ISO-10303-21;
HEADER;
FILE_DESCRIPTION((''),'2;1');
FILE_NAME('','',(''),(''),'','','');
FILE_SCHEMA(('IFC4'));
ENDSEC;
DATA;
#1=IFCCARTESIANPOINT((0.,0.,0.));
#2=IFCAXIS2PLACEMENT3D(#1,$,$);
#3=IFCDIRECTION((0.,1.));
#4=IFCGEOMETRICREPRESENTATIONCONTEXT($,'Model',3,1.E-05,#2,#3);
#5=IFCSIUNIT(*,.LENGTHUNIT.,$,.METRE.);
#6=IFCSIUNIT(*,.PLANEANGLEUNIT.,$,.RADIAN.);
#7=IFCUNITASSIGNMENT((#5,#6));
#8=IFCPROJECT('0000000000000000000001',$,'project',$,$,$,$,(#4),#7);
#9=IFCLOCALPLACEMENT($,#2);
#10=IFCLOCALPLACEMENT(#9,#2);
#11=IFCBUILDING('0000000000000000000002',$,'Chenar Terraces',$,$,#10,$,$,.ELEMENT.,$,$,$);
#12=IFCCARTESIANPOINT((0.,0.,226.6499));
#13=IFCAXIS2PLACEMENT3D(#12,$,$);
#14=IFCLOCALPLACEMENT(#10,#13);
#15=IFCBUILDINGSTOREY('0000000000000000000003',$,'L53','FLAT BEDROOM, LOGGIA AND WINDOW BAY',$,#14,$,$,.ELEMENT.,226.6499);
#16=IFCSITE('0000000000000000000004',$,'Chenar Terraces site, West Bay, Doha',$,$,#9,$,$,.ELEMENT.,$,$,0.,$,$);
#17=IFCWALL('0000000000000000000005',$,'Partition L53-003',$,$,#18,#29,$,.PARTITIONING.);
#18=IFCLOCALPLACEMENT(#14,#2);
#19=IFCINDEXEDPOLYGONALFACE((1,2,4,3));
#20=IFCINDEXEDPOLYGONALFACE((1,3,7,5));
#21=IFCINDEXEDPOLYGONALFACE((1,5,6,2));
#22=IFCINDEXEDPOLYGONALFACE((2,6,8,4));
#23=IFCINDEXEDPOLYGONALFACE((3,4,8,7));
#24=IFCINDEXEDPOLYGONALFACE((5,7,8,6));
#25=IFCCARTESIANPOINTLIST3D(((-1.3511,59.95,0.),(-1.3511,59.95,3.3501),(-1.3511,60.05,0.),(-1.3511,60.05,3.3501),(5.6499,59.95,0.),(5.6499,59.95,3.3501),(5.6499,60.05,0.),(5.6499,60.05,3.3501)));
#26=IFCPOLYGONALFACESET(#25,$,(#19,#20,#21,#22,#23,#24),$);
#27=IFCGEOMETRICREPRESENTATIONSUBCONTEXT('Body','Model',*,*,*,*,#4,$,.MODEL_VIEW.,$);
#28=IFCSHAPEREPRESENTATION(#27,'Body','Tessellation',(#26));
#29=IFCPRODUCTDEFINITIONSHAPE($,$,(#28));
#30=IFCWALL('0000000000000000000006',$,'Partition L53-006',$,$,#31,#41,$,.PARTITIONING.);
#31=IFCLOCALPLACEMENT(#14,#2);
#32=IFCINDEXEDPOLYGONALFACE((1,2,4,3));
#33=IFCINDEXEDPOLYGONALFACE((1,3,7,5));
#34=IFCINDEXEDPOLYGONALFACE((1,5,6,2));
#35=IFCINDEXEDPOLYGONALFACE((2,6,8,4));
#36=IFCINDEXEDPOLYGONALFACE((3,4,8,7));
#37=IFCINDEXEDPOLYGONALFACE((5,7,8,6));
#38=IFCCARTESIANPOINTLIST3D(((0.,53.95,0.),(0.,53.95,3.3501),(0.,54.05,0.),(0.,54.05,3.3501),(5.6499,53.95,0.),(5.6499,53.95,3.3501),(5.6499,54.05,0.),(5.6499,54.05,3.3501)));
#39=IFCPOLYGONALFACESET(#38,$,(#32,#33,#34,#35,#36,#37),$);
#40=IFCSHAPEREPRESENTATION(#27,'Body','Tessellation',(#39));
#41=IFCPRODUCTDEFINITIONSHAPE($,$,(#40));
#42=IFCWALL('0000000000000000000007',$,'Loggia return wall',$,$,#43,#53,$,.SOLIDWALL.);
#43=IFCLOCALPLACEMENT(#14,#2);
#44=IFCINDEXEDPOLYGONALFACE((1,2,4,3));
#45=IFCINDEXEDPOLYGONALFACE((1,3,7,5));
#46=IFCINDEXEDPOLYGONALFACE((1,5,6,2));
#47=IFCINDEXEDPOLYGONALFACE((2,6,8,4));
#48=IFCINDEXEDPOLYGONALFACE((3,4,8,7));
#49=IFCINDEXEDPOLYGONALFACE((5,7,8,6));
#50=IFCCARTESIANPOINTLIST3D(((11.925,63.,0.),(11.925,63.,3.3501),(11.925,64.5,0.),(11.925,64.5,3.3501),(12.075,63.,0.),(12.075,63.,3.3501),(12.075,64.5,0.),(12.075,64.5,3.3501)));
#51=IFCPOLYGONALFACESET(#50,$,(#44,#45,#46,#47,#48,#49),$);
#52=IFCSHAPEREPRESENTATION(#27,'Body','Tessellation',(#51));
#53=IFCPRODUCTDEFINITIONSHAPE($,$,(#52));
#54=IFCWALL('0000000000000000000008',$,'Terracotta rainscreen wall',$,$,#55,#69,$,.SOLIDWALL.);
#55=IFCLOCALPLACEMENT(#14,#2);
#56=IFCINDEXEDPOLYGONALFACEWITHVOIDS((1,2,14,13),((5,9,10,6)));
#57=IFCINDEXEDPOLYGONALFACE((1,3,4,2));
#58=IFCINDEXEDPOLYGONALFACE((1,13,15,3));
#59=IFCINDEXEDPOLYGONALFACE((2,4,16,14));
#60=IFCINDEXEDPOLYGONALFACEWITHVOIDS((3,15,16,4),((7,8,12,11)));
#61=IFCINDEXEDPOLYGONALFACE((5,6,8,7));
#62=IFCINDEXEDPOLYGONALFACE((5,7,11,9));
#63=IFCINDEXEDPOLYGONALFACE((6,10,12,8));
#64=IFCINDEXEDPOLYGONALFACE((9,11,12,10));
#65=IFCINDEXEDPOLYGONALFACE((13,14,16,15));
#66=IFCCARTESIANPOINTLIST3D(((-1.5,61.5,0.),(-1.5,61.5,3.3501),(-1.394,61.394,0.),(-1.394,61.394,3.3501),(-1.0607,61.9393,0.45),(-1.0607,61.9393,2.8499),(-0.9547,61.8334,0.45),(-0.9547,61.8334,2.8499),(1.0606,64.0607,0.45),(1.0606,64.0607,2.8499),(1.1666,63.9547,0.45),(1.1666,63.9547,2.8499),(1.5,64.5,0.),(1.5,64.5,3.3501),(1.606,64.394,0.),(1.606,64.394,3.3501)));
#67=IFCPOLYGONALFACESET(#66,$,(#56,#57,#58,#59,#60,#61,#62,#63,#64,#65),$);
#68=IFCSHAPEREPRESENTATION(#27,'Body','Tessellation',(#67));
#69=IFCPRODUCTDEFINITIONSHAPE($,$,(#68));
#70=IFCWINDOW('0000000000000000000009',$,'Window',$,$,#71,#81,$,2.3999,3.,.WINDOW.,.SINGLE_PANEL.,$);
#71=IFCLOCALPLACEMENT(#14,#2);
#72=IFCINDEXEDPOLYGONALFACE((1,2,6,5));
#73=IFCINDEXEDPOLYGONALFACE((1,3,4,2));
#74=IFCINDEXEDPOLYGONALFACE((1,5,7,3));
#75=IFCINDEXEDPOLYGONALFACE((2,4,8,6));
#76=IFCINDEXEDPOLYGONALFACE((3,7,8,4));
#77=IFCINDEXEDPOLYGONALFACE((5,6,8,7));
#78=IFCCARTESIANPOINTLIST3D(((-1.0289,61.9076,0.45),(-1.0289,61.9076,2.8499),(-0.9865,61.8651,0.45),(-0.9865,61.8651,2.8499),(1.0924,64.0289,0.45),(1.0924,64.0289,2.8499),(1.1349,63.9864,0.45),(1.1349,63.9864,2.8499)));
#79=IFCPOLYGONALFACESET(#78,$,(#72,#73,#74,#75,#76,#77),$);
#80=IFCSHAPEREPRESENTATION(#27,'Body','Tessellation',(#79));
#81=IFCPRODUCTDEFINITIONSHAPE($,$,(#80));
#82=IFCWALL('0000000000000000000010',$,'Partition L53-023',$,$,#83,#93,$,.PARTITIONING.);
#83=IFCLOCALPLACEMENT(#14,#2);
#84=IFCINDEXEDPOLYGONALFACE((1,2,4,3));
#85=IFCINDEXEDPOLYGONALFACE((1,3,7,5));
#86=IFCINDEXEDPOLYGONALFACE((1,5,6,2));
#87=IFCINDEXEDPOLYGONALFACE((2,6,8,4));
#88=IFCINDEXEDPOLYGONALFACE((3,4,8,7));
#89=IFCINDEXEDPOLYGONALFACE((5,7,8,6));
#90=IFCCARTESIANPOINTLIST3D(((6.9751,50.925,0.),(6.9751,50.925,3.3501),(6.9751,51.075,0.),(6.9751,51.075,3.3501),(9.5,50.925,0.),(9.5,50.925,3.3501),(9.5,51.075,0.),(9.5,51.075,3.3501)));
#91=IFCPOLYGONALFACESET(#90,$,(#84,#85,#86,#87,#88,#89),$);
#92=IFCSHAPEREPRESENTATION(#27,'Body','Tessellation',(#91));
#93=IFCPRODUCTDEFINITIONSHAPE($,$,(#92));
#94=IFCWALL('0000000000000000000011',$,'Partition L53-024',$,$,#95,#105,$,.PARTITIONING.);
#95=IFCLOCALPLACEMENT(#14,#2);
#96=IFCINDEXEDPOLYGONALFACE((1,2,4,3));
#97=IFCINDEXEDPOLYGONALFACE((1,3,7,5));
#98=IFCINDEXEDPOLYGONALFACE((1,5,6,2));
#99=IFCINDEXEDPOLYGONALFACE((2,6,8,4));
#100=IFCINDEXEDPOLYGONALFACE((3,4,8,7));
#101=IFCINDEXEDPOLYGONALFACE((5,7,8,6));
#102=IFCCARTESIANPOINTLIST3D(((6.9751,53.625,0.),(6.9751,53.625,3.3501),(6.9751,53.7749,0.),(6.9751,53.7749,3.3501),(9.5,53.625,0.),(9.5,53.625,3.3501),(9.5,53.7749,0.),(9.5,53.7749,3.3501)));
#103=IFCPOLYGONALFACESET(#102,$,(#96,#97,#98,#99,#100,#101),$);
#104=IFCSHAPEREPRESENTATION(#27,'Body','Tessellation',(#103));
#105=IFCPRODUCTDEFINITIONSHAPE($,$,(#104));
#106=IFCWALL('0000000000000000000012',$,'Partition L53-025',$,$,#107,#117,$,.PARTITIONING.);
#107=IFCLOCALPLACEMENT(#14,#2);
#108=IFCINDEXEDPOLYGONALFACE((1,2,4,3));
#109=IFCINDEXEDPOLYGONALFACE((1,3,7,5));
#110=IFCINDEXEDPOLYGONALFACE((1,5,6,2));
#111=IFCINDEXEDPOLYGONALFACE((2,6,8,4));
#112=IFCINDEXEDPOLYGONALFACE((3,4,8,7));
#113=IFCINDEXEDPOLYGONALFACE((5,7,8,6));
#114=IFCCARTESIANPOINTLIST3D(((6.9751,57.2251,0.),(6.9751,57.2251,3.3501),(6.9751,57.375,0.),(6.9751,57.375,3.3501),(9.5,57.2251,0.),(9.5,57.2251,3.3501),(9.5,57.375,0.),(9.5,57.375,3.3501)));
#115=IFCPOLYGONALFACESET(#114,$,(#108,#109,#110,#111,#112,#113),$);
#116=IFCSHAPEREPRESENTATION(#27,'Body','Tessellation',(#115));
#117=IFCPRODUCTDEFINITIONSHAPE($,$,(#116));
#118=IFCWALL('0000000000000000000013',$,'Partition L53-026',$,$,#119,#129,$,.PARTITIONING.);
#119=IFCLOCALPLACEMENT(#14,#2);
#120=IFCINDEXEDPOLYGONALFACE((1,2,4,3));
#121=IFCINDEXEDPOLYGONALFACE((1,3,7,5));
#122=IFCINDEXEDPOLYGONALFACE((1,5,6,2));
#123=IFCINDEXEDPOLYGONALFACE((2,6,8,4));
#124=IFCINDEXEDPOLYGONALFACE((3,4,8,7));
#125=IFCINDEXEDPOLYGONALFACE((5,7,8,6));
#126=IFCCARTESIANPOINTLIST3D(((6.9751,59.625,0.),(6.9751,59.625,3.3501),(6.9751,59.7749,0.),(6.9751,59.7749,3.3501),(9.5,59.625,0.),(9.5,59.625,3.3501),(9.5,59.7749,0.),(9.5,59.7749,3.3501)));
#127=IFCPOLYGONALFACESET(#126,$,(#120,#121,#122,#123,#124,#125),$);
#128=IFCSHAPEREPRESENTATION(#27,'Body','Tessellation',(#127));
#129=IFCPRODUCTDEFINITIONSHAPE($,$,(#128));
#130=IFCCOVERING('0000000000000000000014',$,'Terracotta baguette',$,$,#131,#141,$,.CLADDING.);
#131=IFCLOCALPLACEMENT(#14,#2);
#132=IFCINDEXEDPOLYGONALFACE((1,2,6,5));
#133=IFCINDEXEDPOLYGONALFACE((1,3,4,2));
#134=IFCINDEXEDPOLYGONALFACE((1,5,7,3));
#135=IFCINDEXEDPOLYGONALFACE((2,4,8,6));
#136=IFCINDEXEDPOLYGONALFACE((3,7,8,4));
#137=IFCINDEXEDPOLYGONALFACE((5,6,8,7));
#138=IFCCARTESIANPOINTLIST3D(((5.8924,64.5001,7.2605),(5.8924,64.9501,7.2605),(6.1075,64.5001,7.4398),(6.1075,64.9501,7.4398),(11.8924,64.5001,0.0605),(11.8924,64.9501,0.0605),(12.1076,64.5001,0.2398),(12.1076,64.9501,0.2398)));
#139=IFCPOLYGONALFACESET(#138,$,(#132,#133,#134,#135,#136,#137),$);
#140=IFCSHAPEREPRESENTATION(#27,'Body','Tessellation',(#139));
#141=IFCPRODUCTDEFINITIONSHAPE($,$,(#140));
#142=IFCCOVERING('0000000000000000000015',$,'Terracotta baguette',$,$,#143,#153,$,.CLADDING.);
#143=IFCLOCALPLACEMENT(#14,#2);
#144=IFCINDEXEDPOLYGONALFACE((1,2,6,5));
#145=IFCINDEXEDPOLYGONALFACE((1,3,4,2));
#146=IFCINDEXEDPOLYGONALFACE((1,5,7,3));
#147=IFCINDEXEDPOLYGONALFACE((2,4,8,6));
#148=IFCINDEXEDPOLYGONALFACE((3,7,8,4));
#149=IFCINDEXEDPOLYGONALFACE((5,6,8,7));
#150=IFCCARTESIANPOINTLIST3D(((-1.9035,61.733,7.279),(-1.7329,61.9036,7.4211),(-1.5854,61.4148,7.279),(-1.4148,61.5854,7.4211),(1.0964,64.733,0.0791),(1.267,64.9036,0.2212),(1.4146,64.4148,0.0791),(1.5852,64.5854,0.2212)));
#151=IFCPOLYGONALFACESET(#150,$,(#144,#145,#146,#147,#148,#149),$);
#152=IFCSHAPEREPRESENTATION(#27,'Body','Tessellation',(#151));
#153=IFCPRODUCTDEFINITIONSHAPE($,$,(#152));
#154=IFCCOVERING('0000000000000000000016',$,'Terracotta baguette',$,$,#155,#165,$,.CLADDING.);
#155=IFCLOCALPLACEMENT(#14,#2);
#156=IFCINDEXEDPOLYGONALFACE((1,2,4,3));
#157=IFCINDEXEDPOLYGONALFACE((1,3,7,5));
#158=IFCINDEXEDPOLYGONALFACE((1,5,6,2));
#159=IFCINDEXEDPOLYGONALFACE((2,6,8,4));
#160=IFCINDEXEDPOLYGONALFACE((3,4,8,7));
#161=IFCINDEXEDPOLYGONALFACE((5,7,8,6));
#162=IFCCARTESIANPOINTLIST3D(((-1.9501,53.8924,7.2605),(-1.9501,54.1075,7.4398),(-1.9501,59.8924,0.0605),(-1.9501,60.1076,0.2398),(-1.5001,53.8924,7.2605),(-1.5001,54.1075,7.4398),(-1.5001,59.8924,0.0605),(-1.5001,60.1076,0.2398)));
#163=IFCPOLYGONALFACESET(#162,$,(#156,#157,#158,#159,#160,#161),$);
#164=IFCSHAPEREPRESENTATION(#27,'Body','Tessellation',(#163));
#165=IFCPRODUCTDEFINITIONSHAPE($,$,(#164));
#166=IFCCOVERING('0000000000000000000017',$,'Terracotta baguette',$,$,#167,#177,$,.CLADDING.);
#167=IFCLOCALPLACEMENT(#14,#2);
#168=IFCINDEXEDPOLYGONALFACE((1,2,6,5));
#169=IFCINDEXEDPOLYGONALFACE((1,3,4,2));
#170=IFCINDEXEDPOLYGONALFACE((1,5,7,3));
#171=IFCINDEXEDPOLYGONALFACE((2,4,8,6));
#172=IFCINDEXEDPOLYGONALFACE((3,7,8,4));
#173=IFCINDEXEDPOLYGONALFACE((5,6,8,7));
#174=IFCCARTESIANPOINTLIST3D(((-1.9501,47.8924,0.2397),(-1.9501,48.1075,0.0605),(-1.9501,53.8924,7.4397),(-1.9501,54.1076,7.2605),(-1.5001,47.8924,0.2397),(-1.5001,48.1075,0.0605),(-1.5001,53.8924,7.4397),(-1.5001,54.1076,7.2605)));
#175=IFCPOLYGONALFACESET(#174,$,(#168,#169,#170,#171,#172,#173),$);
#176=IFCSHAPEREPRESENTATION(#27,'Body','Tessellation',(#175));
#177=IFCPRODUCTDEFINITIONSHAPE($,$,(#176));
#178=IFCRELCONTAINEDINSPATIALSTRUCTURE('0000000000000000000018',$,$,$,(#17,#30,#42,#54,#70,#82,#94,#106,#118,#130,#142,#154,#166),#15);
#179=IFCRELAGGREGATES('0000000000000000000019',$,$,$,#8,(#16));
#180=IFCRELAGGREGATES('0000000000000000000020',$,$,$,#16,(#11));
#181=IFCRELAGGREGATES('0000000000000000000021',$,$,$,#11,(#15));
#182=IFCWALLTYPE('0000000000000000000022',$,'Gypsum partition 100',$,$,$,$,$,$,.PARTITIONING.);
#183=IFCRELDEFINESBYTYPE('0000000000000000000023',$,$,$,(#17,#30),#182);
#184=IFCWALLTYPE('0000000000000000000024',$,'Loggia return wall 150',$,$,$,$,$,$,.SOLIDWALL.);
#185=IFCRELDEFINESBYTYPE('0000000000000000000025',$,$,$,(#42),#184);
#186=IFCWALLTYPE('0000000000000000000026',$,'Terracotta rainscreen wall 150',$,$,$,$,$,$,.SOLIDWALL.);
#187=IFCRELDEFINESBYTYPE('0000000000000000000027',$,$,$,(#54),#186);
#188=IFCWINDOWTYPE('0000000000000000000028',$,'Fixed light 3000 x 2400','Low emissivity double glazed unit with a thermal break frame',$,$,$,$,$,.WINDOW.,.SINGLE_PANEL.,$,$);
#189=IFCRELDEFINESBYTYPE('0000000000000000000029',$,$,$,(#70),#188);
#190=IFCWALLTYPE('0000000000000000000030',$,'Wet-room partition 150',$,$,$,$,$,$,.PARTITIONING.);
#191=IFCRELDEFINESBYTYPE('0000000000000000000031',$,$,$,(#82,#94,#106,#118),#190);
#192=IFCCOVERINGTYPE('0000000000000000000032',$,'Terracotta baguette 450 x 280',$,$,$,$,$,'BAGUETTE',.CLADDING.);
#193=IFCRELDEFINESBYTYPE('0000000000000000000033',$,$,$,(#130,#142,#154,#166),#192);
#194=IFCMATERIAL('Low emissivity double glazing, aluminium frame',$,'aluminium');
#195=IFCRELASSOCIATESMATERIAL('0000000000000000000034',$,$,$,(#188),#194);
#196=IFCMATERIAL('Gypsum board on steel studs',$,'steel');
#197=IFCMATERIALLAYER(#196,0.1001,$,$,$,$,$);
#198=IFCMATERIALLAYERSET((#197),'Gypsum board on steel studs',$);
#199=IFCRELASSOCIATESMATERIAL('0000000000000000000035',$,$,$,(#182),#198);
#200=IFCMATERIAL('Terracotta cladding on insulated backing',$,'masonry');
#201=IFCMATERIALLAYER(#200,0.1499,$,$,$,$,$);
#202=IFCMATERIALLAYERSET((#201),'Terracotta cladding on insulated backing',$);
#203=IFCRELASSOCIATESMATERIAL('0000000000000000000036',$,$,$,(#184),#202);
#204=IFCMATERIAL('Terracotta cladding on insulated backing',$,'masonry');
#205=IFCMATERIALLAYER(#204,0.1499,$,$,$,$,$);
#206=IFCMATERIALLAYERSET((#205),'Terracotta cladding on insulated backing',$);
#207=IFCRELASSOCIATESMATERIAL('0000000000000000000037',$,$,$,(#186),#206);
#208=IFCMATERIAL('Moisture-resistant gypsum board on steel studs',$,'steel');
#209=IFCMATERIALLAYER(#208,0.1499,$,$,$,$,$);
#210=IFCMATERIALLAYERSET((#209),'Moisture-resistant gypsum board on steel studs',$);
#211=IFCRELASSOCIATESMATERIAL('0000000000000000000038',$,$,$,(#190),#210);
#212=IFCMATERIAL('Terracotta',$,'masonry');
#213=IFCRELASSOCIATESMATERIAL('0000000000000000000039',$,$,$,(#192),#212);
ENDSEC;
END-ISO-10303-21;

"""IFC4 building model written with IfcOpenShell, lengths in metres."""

from ifc_helpers import new_model, si_unit, direction, frame, frame_2d, origin, origin_2d, place, context, subcontext, project, spatial, rectangle, extrude, material, layer, layer_set, material_profile, profile_set, type_object, element, fill, save


model = new_model("IFC4")

# Units and contexts
model_context = context("Model", 3, precision=1e-05, world=origin(), true_north=direction((0.0, 1.0)))
body_context = subcontext(model_context, "Body", "Model", "MODEL_VIEW")
ifc_project = project(units=[si_unit("LENGTHUNIT", "METRE"), si_unit("PLANEANGLEUNIT", "RADIAN")], contexts=[model_context])

# Site, building, storey
site_placement = place(None, origin())
site = spatial("IfcSite", under=ifc_project, at=site_placement, Name="Chenar Terraces site, West Bay, Doha", CompositionType="ELEMENT", RefElevation=0.0)
building_placement = place(site_placement, origin())
building = spatial("IfcBuilding", under=site, at=building_placement, Name="Chenar Terraces", CompositionType="ELEMENT")
storey_placement = place(building_placement, frame((0.0, 0.0, 226.6499)))
storey = spatial("IfcBuildingStorey", under=building, at=storey_placement, Name="L53", Description="FLAT BEDROOM, LOGGIA AND WINDOW BAY", CompositionType="ELEMENT", Elevation=226.6499)

# Shared definitions
placement = place(storey_placement, frame((0.0, 54.0, 0.0), z_axis=(0.0, 0.0, 1.0), x_axis=(1.0, 0.0, 0.0)))

# Shared definitions
ifc_material_1 = material(Name="Low emissivity double glazing, aluminium frame", Category="aluminium")
window_type_1 = type_object("IfcWindowType", Name="Fixed light 3000 x 2400", Description="Low emissivity double glazed unit with a thermal break frame", PartitioningType="SINGLE_PANEL", PredefinedType="WINDOW", material=ifc_material_1)

# Walls
ifc_material_2 = material(Name="Gypsum board on steel studs", Category="steel")
ifc_layer_1 = layer(ifc_material_2, 0.1001)
ifc_layer_set_1 = layer_set([ifc_layer_1], Name="Gypsum board on steel studs")
wall_type_1 = type_object("IfcWallType", Name="Gypsum partition 100", PredefinedType="PARTITIONING", material=ifc_layer_set_1)
for number, where, z_axis, x_axis, name in (
    (1, (-1.3511, 60.0, 0.0), (0.0, 0.0, 1.0), (1.0, 0.0, 0.0), "Partition L53-003"),
):
    element("IfcWall", number, at=place(storey_placement, frame(where, z_axis=z_axis, x_axis=x_axis)), inside=storey, type_object=wall_type_1, Name=name, PredefinedType="PARTITIONING", context=body_context, shape_type="SweptSolid", body=[
        extrude(rectangle(XDim=7.001, YDim=0.1001, at=frame_2d((3.5005, 0.0))), origin(), (0.0, 0.0, 1.0), 3.3501),
    ])
element("IfcWall", 2, at=placement, inside=storey, type_object=wall_type_1, Name="Partition L53-006", PredefinedType="PARTITIONING", context=body_context, shape_type="SweptSolid", body=[
    extrude(rectangle(XDim=5.6499, YDim=0.1001, at=frame_2d((2.825, 0.0))), origin(), (0.0, 0.0, 1.0), 3.3501),
])
ifc_material_3 = material(Name="Terracotta cladding on insulated backing", Category="masonry")
ifc_layer_2 = layer(ifc_material_3, 0.1499)
ifc_layer_set_2 = layer_set([ifc_layer_2], Name="Terracotta cladding on insulated backing")
wall_type_2 = type_object("IfcWallType", Name="Loggia return wall 150", PredefinedType="SOLIDWALL", material=ifc_layer_set_2)
wall_1_placement = place(storey_placement, frame((12.0, 64.5, 0.0), z_axis=(0.0, 0.0, 1.0), x_axis=(0.0, -1.0, 0.0)))
element("IfcWall", 3, at=wall_1_placement, inside=storey, type_object=wall_type_2, Name="Loggia return wall", PredefinedType="SOLIDWALL", context=body_context, shape_type="SweptSolid", body=[
    extrude(rectangle(XDim=1.5, YDim=0.1499, at=frame_2d((0.75, 0.0))), origin(), (0.0, 0.0, 1.0), 3.3501),
])

# Wall, opening, window
ifc_material_4 = material(Name="Terracotta cladding on insulated backing", Category="masonry")
ifc_layer_3 = layer(ifc_material_4, 0.1499)
ifc_layer_set_3 = layer_set([ifc_layer_3], Name="Terracotta cladding on insulated backing")
wall_type_3 = type_object("IfcWallType", Name="Terracotta rainscreen wall 150", PredefinedType="SOLIDWALL", material=ifc_layer_set_3)
wall_2_placement = place(storey_placement, frame((1.553, 64.447, 0.0), z_axis=(0.0, 0.0, 1.0), x_axis=(-0.707107, -0.707107, 0.0)))
wall_2 = element("IfcWall", 4, at=wall_2_placement, inside=storey, type_object=wall_type_3, Name="Terracotta rainscreen wall", PredefinedType="SOLIDWALL", context=body_context, shape_type="SweptSolid", body=[
    extrude(rectangle(XDim=4.2427, YDim=0.1499, at=frame_2d((2.1213, 0.0))), origin(), (0.0, 0.0, 1.0), 3.3501),
])
opening_1_placement = place(wall_2_placement, frame((0.6213, 0.0, 0.45)))
opening_1 = element("IfcOpeningElement", 5, at=opening_1_placement, cuts=wall_2, PredefinedType="OPENING", context=body_context, shape_type="SweptSolid", body=[
    extrude(rectangle(XDim=3.0, YDim=2.3999, at=frame_2d((1.5, 1.2))), frame((0.0, 0.085, 0.0), z_axis=(0.0, -1.0, 0.0), x_axis=(1.0, 0.0, 0.0)), (0.0, 0.0, 1.0), 0.1699),
])
window_1_placement = place(opening_1_placement, origin())
window_1 = element("IfcWindow", 6, at=window_1_placement, inside=storey, type_object=window_type_1, Name="Window", OverallHeight=2.3999, OverallWidth=3.0, PartitioningType="SINGLE_PANEL", PredefinedType="WINDOW", context=body_context, shape_type="SweptSolid", body=[
    extrude(rectangle(XDim=3.0, YDim=2.3999, at=frame_2d((1.5, 1.2))), frame((0.0, 0.03, 0.0), z_axis=(0.0, -1.0, 0.0), x_axis=(1.0, 0.0, 0.0)), (0.0, 0.0, 1.0), 0.0601),
])
fill(opening_1, window_1)

# Walls
ifc_material_5 = material(Name="Moisture-resistant gypsum board on steel studs", Category="steel")
ifc_layer_4 = layer(ifc_material_5, 0.1499)
ifc_layer_set_4 = layer_set([ifc_layer_4], Name="Moisture-resistant gypsum board on steel studs")
wall_type_4 = type_object("IfcWallType", Name="Wet-room partition 150", PredefinedType="PARTITIONING", material=ifc_layer_set_4)
for number, where, z_axis, x_axis, name in (
    (7, (6.9751, 51.0, 0.0), (0.0, 0.0, 1.0), (1.0, 0.0, 0.0), "Partition L53-023"),
    (8, (6.9751, 53.7, 0.0), (0.0, 0.0, 1.0), (1.0, 0.0, 0.0), "Partition L53-024"),
    (9, (6.9751, 57.3, 0.0), (0.0, 0.0, 1.0), (1.0, 0.0, 0.0), "Partition L53-025"),
    (10, (6.9751, 59.7, 0.0), (0.0, 0.0, 1.0), (1.0, 0.0, 0.0), "Partition L53-026"),
):
    element("IfcWall", number, at=place(storey_placement, frame(where, z_axis=z_axis, x_axis=x_axis)), inside=storey, type_object=wall_type_4, Name=name, PredefinedType="PARTITIONING", context=body_context, shape_type="SweptSolid", body=[
        extrude(rectangle(XDim=2.5249, YDim=0.1499, at=frame_2d((1.2625, 0.0))), origin(), (0.0, 0.0, 1.0), 3.3501),
    ])

# Coverings
ifc_material_6 = material(Name="Terracotta", Category="masonry")
ifc_material_profile_1 = material_profile(ifc_material_6, rectangle(XDim=0.45, YDim=0.28, at=origin_2d()), Name="Terracotta baguette 450 x 280")
ifc_profile_set_1 = profile_set([ifc_material_profile_1], Name="Terracotta")
covering_type = type_object("IfcCoveringType", Name="Terracotta baguette 450 x 280", ElementType="BAGUETTE", PredefinedType="CLADDING", material=ifc_profile_set_1)
covering_1_placement = place(storey_placement, frame((12.0, 64.7251, 0.1501), z_axis=(-0.640187, 0.0, 0.768219), x_axis=(0.0, -1.0, 0.0)))
element("IfcCovering", 11, at=covering_1_placement, inside=storey, type_object=covering_type, Name="Terracotta baguette", PredefinedType="CLADDING", context=body_context, shape_type="SweptSolid", body=[
    extrude(rectangle(XDim=0.45, YDim=0.28, at=origin_2d()), origin(), (0.0, 0.0, 1.0), 9.3723),
])
covering_2_placement = place(storey_placement, frame((1.3408, 64.6592, 0.1501), z_axis=(-0.358981, -0.358981, 0.861548), x_axis=(0.707107, -0.707107, 0.0)))
element("IfcCovering", 12, at=covering_2_placement, inside=storey, type_object=covering_type, Name="Terracotta baguette", PredefinedType="CLADDING", context=body_context, shape_type="SweptSolid", body=[
    extrude(rectangle(XDim=0.45, YDim=0.28, at=origin_2d()), origin(), (0.0, 0.0, 1.0), 8.3569),
])
for number, where, z_axis, x_axis, name in (
    (13, (-1.7251, 60.0, 0.1501), (0.0, -0.640187, 0.768219), (1.0, 0.0, 0.0), "Terracotta baguette"),
    (14, (-1.7251, 54.0, 7.3501), (0.0, -0.640187, -0.768219), (1.0, 0.0, 0.0), "Terracotta baguette"),
):
    element("IfcCovering", number, at=place(storey_placement, frame(where, z_axis=z_axis, x_axis=x_axis)), inside=storey, type_object=covering_type, Name=name, PredefinedType="CLADDING", context=body_context, shape_type="SweptSolid", body=[
        extrude(rectangle(XDim=0.45, YDim=0.28, at=origin_2d()), origin(), (0.0, 0.0, 1.0), 9.3723),
    ])

save(model, "model.ifc")
